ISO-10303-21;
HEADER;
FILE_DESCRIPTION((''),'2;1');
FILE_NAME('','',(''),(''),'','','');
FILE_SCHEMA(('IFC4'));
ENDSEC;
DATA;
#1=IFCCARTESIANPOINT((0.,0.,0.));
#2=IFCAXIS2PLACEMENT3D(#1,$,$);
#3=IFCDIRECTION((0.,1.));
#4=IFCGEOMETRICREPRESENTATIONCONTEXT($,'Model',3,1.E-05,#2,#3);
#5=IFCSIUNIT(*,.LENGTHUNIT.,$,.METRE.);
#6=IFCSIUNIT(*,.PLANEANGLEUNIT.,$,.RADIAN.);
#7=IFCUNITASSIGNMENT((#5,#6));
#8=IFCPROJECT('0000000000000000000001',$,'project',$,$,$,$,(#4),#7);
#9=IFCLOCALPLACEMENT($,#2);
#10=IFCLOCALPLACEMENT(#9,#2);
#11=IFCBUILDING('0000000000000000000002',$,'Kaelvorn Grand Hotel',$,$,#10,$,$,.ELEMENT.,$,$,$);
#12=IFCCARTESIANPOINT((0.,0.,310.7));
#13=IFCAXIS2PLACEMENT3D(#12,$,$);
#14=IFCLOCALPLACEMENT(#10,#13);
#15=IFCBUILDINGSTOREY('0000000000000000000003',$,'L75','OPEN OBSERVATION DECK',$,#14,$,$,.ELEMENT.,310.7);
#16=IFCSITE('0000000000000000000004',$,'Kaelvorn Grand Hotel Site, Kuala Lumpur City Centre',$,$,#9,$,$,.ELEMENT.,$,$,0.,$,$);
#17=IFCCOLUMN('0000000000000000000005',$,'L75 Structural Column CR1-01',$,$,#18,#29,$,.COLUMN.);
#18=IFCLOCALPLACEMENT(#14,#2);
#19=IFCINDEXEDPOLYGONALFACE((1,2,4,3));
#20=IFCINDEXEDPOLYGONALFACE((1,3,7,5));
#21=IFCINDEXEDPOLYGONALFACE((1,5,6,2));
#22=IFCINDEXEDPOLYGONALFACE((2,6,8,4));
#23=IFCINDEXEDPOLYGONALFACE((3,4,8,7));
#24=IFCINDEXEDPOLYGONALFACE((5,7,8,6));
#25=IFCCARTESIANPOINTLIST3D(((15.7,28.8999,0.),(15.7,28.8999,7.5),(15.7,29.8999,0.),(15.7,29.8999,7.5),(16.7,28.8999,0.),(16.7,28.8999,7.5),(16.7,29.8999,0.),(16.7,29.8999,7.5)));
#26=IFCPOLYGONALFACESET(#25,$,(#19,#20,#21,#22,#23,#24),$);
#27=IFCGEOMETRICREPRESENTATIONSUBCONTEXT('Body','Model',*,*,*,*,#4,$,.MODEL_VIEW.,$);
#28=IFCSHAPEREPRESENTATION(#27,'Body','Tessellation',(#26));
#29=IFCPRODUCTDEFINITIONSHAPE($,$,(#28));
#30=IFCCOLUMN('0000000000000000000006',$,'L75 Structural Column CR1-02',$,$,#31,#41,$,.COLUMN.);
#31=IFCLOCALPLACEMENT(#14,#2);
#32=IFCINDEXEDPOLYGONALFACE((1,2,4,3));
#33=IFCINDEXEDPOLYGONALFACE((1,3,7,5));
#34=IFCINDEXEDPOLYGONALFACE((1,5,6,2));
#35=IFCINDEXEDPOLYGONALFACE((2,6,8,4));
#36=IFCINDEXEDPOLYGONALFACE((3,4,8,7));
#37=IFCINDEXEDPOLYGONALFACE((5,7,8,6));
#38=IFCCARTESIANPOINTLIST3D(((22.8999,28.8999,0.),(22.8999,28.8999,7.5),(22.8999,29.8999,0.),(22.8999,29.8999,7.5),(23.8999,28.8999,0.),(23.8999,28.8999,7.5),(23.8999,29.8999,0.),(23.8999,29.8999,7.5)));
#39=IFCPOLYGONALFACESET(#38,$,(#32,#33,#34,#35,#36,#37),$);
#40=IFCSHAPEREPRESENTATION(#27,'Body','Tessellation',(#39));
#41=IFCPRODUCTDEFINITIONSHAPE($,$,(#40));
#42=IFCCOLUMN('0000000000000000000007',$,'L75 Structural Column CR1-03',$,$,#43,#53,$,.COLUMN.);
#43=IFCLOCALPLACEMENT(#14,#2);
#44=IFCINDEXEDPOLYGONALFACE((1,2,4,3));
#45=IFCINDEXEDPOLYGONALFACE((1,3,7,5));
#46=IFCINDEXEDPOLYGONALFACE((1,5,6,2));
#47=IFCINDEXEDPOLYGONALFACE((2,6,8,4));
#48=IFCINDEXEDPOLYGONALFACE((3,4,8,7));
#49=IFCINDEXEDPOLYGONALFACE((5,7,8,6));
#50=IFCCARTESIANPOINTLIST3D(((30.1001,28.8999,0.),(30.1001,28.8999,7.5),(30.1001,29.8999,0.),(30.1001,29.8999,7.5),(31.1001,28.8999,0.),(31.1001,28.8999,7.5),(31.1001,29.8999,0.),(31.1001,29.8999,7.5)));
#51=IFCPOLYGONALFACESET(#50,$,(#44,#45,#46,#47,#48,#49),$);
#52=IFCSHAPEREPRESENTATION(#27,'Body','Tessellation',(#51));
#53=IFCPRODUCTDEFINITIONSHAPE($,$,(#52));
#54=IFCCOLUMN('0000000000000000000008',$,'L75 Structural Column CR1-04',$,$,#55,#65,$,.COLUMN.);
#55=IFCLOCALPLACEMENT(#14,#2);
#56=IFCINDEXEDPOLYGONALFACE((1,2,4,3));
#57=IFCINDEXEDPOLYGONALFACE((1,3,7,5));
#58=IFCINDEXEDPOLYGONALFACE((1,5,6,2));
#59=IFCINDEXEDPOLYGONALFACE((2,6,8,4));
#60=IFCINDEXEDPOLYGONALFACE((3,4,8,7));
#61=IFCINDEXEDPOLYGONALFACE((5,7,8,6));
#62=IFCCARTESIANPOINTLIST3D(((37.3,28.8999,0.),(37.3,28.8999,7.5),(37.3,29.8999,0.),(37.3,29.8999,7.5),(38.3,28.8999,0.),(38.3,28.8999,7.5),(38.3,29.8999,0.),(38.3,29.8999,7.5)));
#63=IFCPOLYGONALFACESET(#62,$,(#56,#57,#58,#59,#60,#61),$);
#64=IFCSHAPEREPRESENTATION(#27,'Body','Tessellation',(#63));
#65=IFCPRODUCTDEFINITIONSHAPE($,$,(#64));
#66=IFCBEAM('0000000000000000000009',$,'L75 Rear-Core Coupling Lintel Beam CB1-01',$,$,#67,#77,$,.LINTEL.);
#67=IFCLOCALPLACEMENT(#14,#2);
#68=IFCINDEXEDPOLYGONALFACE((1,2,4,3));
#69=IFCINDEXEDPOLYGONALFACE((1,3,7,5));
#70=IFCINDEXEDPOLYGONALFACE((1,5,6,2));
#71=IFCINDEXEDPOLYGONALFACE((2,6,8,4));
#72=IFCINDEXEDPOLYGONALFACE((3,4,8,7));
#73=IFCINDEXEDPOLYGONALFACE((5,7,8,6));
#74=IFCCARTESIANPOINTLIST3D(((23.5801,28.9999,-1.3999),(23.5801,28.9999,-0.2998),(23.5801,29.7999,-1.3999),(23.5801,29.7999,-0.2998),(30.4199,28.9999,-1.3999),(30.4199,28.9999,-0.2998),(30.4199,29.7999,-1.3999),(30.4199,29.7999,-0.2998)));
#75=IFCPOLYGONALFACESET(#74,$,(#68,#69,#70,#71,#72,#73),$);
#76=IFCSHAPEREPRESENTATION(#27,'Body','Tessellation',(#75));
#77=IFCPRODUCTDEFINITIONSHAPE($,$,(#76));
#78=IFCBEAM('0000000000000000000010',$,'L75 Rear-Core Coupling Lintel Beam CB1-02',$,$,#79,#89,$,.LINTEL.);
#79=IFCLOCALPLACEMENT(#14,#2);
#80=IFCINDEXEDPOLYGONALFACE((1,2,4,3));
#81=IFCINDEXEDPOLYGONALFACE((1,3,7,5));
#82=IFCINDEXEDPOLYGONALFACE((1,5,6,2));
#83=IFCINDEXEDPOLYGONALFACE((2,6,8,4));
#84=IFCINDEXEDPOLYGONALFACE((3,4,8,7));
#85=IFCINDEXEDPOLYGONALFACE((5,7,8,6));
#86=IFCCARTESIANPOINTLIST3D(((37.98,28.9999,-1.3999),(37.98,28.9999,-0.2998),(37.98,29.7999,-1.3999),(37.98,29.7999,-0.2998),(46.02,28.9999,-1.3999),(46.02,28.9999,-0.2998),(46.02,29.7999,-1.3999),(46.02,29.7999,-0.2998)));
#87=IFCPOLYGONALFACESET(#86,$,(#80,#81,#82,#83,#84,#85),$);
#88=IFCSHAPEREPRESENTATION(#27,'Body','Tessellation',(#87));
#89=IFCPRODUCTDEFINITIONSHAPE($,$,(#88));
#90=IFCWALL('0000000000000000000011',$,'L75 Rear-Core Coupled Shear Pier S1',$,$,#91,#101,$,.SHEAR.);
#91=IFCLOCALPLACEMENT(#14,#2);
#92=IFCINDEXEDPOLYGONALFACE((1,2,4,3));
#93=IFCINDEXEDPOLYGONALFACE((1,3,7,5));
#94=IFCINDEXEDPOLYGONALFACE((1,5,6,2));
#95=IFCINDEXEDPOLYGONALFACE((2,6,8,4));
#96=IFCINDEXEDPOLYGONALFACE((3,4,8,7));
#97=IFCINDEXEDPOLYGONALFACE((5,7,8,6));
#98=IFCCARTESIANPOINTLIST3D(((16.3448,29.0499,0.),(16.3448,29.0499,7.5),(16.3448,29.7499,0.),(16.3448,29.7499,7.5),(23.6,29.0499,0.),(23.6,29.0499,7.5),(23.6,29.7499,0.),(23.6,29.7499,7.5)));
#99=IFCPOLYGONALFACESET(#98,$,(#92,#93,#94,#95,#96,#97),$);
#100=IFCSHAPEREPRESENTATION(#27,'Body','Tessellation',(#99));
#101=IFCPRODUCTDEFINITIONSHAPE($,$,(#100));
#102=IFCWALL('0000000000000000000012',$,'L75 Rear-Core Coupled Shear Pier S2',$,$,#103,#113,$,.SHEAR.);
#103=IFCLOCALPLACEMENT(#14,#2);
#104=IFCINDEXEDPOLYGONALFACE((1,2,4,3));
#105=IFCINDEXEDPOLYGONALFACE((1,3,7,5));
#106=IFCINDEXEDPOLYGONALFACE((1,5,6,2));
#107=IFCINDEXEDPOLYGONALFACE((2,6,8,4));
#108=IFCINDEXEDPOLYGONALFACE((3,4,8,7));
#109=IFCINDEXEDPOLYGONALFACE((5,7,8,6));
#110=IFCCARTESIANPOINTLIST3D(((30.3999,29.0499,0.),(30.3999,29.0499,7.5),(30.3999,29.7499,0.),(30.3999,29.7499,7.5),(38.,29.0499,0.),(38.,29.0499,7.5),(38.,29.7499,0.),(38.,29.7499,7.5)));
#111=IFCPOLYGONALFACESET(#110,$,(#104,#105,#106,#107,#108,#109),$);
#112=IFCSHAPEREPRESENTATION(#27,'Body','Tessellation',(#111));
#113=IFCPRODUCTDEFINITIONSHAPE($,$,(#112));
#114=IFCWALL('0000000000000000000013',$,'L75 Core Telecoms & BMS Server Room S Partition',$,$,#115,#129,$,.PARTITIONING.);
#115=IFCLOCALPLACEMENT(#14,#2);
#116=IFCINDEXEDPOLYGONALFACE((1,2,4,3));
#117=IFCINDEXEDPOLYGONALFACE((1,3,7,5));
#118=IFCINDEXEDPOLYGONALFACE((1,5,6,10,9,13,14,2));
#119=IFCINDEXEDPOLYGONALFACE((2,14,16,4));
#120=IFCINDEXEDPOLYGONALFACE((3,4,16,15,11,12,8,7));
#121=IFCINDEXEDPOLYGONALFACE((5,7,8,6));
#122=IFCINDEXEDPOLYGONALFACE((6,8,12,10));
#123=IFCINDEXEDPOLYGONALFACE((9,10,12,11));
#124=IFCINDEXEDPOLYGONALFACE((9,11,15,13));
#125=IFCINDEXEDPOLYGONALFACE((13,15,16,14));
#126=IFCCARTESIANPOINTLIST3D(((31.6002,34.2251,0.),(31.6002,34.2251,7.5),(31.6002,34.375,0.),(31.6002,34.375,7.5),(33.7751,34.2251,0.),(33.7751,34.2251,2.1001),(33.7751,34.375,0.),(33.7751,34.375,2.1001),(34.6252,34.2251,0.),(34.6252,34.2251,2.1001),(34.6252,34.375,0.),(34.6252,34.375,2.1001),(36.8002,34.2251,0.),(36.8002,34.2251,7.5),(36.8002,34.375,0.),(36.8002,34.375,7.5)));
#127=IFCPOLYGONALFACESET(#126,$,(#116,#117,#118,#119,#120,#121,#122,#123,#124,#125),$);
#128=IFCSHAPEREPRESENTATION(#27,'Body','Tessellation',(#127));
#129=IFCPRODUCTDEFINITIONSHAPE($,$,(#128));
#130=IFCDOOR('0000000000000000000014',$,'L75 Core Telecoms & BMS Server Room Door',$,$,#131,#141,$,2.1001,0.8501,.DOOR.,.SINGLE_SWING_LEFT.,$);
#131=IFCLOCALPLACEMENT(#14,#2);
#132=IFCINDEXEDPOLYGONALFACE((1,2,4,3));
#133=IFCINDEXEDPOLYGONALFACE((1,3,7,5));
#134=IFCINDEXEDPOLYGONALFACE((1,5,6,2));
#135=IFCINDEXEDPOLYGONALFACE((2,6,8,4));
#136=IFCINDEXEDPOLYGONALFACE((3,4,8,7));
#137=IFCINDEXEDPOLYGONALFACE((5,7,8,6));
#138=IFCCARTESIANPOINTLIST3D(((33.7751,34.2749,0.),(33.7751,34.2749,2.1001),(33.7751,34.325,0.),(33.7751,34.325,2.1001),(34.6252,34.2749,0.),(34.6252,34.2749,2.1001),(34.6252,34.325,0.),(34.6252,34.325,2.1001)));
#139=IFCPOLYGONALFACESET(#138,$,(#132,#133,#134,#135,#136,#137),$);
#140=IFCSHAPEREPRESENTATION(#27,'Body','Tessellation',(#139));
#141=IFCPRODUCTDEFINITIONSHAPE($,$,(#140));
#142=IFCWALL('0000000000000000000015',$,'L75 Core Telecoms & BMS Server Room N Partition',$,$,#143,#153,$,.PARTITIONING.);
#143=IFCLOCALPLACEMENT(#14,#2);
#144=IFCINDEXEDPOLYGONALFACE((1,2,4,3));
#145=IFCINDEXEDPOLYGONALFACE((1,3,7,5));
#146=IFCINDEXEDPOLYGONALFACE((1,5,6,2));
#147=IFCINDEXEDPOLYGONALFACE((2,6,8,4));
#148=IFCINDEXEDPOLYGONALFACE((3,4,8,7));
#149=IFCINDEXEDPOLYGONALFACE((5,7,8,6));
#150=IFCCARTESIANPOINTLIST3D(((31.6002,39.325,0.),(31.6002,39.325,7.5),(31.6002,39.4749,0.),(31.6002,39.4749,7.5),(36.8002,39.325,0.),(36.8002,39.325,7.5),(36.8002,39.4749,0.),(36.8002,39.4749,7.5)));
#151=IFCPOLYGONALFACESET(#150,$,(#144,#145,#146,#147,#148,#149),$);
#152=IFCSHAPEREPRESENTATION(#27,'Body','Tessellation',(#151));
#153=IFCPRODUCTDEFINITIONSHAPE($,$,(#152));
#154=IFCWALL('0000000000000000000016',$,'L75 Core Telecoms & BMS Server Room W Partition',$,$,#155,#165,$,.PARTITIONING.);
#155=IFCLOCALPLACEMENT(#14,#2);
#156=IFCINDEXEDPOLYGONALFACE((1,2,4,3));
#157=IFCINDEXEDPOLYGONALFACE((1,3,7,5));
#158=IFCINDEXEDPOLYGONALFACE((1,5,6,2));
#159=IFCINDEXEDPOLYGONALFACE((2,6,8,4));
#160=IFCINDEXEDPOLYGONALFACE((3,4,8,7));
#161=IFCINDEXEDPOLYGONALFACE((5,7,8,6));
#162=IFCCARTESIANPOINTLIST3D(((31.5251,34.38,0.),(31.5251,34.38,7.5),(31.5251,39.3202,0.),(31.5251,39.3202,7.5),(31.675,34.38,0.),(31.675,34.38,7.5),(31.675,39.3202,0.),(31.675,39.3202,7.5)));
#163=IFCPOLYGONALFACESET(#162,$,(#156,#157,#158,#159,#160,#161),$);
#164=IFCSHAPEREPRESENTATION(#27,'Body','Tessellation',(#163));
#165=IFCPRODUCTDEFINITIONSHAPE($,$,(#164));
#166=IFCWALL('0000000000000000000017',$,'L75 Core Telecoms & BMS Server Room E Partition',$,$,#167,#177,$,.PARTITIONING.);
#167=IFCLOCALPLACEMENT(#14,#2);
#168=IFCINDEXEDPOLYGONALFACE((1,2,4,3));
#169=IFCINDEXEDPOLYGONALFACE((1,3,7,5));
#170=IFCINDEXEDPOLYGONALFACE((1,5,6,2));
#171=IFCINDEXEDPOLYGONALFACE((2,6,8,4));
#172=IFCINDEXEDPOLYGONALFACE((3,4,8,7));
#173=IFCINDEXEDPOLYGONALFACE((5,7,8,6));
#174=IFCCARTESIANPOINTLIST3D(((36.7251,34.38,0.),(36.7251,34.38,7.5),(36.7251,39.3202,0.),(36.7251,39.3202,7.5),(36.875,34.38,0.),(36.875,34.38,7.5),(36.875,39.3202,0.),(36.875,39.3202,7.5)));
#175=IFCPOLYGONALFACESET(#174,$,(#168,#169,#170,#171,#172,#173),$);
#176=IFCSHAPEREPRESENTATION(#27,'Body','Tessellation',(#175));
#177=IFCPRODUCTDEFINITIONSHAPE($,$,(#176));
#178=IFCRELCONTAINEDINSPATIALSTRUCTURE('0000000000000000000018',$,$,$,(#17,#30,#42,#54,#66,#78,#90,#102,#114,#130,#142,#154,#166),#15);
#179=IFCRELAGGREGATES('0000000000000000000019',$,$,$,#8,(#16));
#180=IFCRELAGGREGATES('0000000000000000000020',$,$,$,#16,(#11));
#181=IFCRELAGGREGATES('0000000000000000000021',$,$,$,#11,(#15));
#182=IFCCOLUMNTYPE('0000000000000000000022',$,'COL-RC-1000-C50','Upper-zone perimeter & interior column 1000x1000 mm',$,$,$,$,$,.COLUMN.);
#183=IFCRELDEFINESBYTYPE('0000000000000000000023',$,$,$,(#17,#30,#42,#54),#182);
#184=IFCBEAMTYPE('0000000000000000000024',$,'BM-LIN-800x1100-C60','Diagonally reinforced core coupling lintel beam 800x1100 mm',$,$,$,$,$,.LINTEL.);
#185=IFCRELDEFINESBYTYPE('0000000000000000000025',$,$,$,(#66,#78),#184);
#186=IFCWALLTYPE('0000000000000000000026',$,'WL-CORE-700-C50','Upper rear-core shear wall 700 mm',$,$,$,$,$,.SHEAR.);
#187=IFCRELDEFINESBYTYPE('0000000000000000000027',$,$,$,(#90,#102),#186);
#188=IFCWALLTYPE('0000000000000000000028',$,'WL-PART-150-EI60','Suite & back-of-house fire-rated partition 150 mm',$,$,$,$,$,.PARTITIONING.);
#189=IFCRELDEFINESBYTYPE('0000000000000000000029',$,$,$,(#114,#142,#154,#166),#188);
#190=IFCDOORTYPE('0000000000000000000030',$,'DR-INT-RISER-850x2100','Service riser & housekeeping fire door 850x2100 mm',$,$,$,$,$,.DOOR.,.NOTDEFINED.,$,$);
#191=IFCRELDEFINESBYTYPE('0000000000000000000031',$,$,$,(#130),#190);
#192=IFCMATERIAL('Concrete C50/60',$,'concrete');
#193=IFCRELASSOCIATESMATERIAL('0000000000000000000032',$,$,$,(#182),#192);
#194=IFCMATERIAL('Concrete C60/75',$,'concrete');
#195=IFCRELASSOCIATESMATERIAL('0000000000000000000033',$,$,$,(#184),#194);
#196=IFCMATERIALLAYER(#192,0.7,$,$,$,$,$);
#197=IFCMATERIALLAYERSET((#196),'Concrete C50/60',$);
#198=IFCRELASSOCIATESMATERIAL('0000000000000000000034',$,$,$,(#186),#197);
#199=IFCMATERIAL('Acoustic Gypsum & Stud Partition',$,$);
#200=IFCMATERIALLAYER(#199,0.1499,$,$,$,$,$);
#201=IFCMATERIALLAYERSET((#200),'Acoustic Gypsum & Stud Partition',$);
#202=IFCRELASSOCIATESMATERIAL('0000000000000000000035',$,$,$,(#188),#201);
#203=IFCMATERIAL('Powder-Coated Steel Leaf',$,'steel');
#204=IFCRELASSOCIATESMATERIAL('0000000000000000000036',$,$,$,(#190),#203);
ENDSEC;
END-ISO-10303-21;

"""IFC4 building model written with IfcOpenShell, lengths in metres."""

from ifc_helpers import new_model, si_unit, direction, frame, frame_2d, origin, origin_2d, place, context, subcontext, project, spatial, rectangle, extrude, material, layer, layer_set, material_profile, profile_set, type_object, element, fill, save


model = new_model("IFC4")

# Units and contexts
model_context = context("Model", 3, precision=1e-05, world=origin(), true_north=direction((0.0, 1.0)))
body_context = subcontext(model_context, "Body", "Model", "MODEL_VIEW")
ifc_project = project(units=[si_unit("LENGTHUNIT", "METRE"), si_unit("PLANEANGLEUNIT", "RADIAN")], contexts=[model_context])

# Site, building, storey
site_placement = place(None, origin())
site = spatial("IfcSite", under=ifc_project, at=site_placement, Name="Kaelvorn Grand Hotel Site, Kuala Lumpur City Centre", CompositionType="ELEMENT", RefElevation=0.0)
building_placement = place(site_placement, origin())
building = spatial("IfcBuilding", under=site, at=building_placement, Name="Kaelvorn Grand Hotel", CompositionType="ELEMENT")
storey_placement = place(building_placement, frame((0.0, 0.0, 310.7)))
storey = spatial("IfcBuildingStorey", under=building, at=storey_placement, Name="L75", Description="OPEN OBSERVATION DECK", CompositionType="ELEMENT", Elevation=310.7)

# Columns
ifc_material_1 = material(Name="Concrete C50/60", Category="concrete")
ifc_material_profile_1 = material_profile(ifc_material_1, rectangle(XDim=1.0, YDim=1.0, at=origin_2d()), Name="RC COL 1000x1000")
ifc_profile_set_1 = profile_set([ifc_material_profile_1], Name="Concrete C50/60")
column_type = type_object("IfcColumnType", Name="COL-RC-1000-C50", Description="Upper-zone perimeter & interior column 1000x1000 mm", PredefinedType="COLUMN", material=ifc_profile_set_1)
for number, where, z_axis, x_axis, name in (
    (1, (16.2, 29.3999, 0.0), (0.0, 0.0, 1.0), (1.0, 0.0, 0.0), "L75 Structural Column CR1-01"),
    (2, (23.3999, 29.3999, 0.0), (0.0, 0.0, 1.0), (1.0, 0.0, 0.0), "L75 Structural Column CR1-02"),
    (3, (30.6001, 29.3999, 0.0), (0.0, 0.0, 1.0), (1.0, 0.0, 0.0), "L75 Structural Column CR1-03"),
    (4, (37.8, 29.3999, 0.0), (0.0, 0.0, 1.0), (1.0, 0.0, 0.0), "L75 Structural Column CR1-04"),
):
    element("IfcColumn", number, at=place(storey_placement, frame(where, z_axis=z_axis, x_axis=x_axis)), inside=storey, type_object=column_type, Name=name, PredefinedType="COLUMN", context=body_context, shape_type="SweptSolid", body=[
        extrude(rectangle(XDim=1.0, YDim=1.0, at=origin_2d()), origin(), (0.0, 0.0, 1.0), 7.5),
    ])

# Beams
ifc_material_2 = material(Name="Concrete C60/75", Category="concrete")
ifc_material_profile_2 = material_profile(ifc_material_2, rectangle(XDim=0.8, YDim=1.1001, at=origin_2d()), Name="RC LINTEL 800x1100")
ifc_profile_set_2 = profile_set([ifc_material_profile_2], Name="Concrete C60/75")
beam_type = type_object("IfcBeamType", Name="BM-LIN-800x1100-C60", Description="Diagonally reinforced core coupling lintel beam 800x1100 mm", PredefinedType="LINTEL", material=ifc_profile_set_2)
beam_1_placement = place(storey_placement, frame((23.5801, 29.3999, -0.8499), z_axis=(1.0, 0.0, 0.0), x_axis=(0.0, 1.0, 0.0)))
element("IfcBeam", 5, at=beam_1_placement, inside=storey, type_object=beam_type, Name="L75 Rear-Core Coupling Lintel Beam CB1-01", PredefinedType="LINTEL", context=body_context, shape_type="SweptSolid", body=[
    extrude(rectangle(XDim=0.8, YDim=1.1001, at=origin_2d()), origin(), (0.0, 0.0, 1.0), 6.8398),
])
beam_2_placement = place(storey_placement, frame((37.98, 29.3999, -0.8499), z_axis=(1.0, 0.0, 0.0), x_axis=(0.0, 1.0, 0.0)))
element("IfcBeam", 6, at=beam_2_placement, inside=storey, type_object=beam_type, Name="L75 Rear-Core Coupling Lintel Beam CB1-02", PredefinedType="LINTEL", context=body_context, shape_type="SweptSolid", body=[
    extrude(rectangle(XDim=0.8, YDim=1.1001, at=origin_2d()), origin(), (0.0, 0.0, 1.0), 8.04),
])

# Walls
ifc_layer_1 = layer(ifc_material_1, 0.7)
ifc_layer_set_1 = layer_set([ifc_layer_1], Name="Concrete C50/60")
wall_type_1 = type_object("IfcWallType", Name="WL-CORE-700-C50", Description="Upper rear-core shear wall 700 mm", PredefinedType="SHEAR", material=ifc_layer_set_1)
wall_1_placement = place(storey_placement, frame((16.345, 29.3999, 0.0), z_axis=(0.0, 0.0, 1.0), x_axis=(1.0, 0.0, 0.0)))
element("IfcWall", 7, at=wall_1_placement, inside=storey, type_object=wall_type_1, Name="L75 Rear-Core Coupled Shear Pier S1", PredefinedType="SHEAR", context=body_context, shape_type="SweptSolid", body=[
    extrude(rectangle(XDim=7.2551, YDim=0.7, at=frame_2d((3.6274, 0.0))), origin(), (0.0, 0.0, 1.0), 7.5),
])
wall_2_placement = place(storey_placement, frame((30.3999, 29.3999, 0.0), z_axis=(0.0, 0.0, 1.0), x_axis=(1.0, 0.0, 0.0)))
element("IfcWall", 8, at=wall_2_placement, inside=storey, type_object=wall_type_1, Name="L75 Rear-Core Coupled Shear Pier S2", PredefinedType="SHEAR", context=body_context, shape_type="SweptSolid", body=[
    extrude(rectangle(XDim=7.6001, YDim=0.7, at=frame_2d((3.8, 0.0))), origin(), (0.0, 0.0, 1.0), 7.5),
])

# Wall, opening, door
ifc_material_3 = material(Name="Acoustic Gypsum & Stud Partition")
ifc_layer_2 = layer(ifc_material_3, 0.1499)
ifc_layer_set_2 = layer_set([ifc_layer_2], Name="Acoustic Gypsum & Stud Partition")
wall_type_2 = type_object("IfcWallType", Name="WL-PART-150-EI60", Description="Suite & back-of-house fire-rated partition 150 mm", PredefinedType="PARTITIONING", material=ifc_layer_set_2)
wall_3_placement = place(storey_placement, frame((31.6001, 34.3, 0.0), z_axis=(0.0, 0.0, 1.0), x_axis=(1.0, 0.0, 0.0)))
wall_3 = element("IfcWall", 9, at=wall_3_placement, inside=storey, type_object=wall_type_2, Name="L75 Core Telecoms & BMS Server Room S Partition", PredefinedType="PARTITIONING", context=body_context, shape_type="SweptSolid", body=[
    extrude(rectangle(XDim=5.2, YDim=0.1499, at=frame_2d((2.6001, 0.0))), origin(), (0.0, 0.0, 1.0), 7.5),
])
opening_1_placement = place(wall_3_placement, frame((2.175, 0.0, 0.0)))
opening_1 = element("IfcOpeningElement", 10, at=opening_1_placement, cuts=wall_3, PredefinedType="OPENING", context=body_context, shape_type="SweptSolid", body=[
    extrude(rectangle(XDim=0.8501, YDim=2.1001, at=frame_2d((0.425, 1.05))), frame((0.0, 0.085, 0.0), z_axis=(0.0, -1.0, 0.0), x_axis=(1.0, 0.0, 0.0)), (0.0, 0.0, 1.0), 0.1699),
])
ifc_material_4 = material(Name="Powder-Coated Steel Leaf", Category="steel")
door_type_1 = type_object("IfcDoorType", Name="DR-INT-RISER-850x2100", Description="Service riser & housekeeping fire door 850x2100 mm", OperationType="NOTDEFINED", PredefinedType="DOOR", material=ifc_material_4)
door_1_placement = place(opening_1_placement, origin())
door_1 = element("IfcDoor", 11, at=door_1_placement, inside=storey, type_object=door_type_1, Name="L75 Core Telecoms & BMS Server Room Door", OperationType="SINGLE_SWING_LEFT", OverallHeight=2.1001, OverallWidth=0.8501, PredefinedType="DOOR", context=body_context, shape_type="SweptSolid", body=[
    extrude(rectangle(XDim=0.8501, YDim=2.1001, at=frame_2d((0.425, 1.05))), frame((0.0, 0.0249, 0.0), z_axis=(0.0, -1.0, 0.0), x_axis=(1.0, 0.0, 0.0)), (0.0, 0.0, 1.0), 0.05),
])
fill(opening_1, door_1)

# Walls
wall_4_placement = place(storey_placement, frame((31.6001, 39.3999, 0.0), z_axis=(0.0, 0.0, 1.0), x_axis=(1.0, 0.0, 0.0)))
element("IfcWall", 12, at=wall_4_placement, inside=storey, type_object=wall_type_2, Name="L75 Core Telecoms & BMS Server Room N Partition", PredefinedType="PARTITIONING", context=body_context, shape_type="SweptSolid", body=[
    extrude(rectangle(XDim=5.2, YDim=0.1499, at=frame_2d((2.6001, 0.0))), origin(), (0.0, 0.0, 1.0), 7.5),
])
for number, where, z_axis, x_axis, name in (
    (13, (31.6001, 34.3799, 0.0), (0.0, 0.0, 1.0), (0.0, 1.0, 0.0), "L75 Core Telecoms & BMS Server Room W Partition"),
    (14, (36.8, 34.3799, 0.0), (0.0, 0.0, 1.0), (0.0, 1.0, 0.0), "L75 Core Telecoms & BMS Server Room E Partition"),
):
    element("IfcWall", number, at=place(storey_placement, frame(where, z_axis=z_axis, x_axis=x_axis)), inside=storey, type_object=wall_type_2, Name=name, PredefinedType="PARTITIONING", context=body_context, shape_type="SweptSolid", body=[
        extrude(rectangle(XDim=4.9402, YDim=0.1499, at=frame_2d((2.4702, 0.0))), origin(), (0.0, 0.0, 1.0), 7.5),
    ])

save(model, "model.ifc")
